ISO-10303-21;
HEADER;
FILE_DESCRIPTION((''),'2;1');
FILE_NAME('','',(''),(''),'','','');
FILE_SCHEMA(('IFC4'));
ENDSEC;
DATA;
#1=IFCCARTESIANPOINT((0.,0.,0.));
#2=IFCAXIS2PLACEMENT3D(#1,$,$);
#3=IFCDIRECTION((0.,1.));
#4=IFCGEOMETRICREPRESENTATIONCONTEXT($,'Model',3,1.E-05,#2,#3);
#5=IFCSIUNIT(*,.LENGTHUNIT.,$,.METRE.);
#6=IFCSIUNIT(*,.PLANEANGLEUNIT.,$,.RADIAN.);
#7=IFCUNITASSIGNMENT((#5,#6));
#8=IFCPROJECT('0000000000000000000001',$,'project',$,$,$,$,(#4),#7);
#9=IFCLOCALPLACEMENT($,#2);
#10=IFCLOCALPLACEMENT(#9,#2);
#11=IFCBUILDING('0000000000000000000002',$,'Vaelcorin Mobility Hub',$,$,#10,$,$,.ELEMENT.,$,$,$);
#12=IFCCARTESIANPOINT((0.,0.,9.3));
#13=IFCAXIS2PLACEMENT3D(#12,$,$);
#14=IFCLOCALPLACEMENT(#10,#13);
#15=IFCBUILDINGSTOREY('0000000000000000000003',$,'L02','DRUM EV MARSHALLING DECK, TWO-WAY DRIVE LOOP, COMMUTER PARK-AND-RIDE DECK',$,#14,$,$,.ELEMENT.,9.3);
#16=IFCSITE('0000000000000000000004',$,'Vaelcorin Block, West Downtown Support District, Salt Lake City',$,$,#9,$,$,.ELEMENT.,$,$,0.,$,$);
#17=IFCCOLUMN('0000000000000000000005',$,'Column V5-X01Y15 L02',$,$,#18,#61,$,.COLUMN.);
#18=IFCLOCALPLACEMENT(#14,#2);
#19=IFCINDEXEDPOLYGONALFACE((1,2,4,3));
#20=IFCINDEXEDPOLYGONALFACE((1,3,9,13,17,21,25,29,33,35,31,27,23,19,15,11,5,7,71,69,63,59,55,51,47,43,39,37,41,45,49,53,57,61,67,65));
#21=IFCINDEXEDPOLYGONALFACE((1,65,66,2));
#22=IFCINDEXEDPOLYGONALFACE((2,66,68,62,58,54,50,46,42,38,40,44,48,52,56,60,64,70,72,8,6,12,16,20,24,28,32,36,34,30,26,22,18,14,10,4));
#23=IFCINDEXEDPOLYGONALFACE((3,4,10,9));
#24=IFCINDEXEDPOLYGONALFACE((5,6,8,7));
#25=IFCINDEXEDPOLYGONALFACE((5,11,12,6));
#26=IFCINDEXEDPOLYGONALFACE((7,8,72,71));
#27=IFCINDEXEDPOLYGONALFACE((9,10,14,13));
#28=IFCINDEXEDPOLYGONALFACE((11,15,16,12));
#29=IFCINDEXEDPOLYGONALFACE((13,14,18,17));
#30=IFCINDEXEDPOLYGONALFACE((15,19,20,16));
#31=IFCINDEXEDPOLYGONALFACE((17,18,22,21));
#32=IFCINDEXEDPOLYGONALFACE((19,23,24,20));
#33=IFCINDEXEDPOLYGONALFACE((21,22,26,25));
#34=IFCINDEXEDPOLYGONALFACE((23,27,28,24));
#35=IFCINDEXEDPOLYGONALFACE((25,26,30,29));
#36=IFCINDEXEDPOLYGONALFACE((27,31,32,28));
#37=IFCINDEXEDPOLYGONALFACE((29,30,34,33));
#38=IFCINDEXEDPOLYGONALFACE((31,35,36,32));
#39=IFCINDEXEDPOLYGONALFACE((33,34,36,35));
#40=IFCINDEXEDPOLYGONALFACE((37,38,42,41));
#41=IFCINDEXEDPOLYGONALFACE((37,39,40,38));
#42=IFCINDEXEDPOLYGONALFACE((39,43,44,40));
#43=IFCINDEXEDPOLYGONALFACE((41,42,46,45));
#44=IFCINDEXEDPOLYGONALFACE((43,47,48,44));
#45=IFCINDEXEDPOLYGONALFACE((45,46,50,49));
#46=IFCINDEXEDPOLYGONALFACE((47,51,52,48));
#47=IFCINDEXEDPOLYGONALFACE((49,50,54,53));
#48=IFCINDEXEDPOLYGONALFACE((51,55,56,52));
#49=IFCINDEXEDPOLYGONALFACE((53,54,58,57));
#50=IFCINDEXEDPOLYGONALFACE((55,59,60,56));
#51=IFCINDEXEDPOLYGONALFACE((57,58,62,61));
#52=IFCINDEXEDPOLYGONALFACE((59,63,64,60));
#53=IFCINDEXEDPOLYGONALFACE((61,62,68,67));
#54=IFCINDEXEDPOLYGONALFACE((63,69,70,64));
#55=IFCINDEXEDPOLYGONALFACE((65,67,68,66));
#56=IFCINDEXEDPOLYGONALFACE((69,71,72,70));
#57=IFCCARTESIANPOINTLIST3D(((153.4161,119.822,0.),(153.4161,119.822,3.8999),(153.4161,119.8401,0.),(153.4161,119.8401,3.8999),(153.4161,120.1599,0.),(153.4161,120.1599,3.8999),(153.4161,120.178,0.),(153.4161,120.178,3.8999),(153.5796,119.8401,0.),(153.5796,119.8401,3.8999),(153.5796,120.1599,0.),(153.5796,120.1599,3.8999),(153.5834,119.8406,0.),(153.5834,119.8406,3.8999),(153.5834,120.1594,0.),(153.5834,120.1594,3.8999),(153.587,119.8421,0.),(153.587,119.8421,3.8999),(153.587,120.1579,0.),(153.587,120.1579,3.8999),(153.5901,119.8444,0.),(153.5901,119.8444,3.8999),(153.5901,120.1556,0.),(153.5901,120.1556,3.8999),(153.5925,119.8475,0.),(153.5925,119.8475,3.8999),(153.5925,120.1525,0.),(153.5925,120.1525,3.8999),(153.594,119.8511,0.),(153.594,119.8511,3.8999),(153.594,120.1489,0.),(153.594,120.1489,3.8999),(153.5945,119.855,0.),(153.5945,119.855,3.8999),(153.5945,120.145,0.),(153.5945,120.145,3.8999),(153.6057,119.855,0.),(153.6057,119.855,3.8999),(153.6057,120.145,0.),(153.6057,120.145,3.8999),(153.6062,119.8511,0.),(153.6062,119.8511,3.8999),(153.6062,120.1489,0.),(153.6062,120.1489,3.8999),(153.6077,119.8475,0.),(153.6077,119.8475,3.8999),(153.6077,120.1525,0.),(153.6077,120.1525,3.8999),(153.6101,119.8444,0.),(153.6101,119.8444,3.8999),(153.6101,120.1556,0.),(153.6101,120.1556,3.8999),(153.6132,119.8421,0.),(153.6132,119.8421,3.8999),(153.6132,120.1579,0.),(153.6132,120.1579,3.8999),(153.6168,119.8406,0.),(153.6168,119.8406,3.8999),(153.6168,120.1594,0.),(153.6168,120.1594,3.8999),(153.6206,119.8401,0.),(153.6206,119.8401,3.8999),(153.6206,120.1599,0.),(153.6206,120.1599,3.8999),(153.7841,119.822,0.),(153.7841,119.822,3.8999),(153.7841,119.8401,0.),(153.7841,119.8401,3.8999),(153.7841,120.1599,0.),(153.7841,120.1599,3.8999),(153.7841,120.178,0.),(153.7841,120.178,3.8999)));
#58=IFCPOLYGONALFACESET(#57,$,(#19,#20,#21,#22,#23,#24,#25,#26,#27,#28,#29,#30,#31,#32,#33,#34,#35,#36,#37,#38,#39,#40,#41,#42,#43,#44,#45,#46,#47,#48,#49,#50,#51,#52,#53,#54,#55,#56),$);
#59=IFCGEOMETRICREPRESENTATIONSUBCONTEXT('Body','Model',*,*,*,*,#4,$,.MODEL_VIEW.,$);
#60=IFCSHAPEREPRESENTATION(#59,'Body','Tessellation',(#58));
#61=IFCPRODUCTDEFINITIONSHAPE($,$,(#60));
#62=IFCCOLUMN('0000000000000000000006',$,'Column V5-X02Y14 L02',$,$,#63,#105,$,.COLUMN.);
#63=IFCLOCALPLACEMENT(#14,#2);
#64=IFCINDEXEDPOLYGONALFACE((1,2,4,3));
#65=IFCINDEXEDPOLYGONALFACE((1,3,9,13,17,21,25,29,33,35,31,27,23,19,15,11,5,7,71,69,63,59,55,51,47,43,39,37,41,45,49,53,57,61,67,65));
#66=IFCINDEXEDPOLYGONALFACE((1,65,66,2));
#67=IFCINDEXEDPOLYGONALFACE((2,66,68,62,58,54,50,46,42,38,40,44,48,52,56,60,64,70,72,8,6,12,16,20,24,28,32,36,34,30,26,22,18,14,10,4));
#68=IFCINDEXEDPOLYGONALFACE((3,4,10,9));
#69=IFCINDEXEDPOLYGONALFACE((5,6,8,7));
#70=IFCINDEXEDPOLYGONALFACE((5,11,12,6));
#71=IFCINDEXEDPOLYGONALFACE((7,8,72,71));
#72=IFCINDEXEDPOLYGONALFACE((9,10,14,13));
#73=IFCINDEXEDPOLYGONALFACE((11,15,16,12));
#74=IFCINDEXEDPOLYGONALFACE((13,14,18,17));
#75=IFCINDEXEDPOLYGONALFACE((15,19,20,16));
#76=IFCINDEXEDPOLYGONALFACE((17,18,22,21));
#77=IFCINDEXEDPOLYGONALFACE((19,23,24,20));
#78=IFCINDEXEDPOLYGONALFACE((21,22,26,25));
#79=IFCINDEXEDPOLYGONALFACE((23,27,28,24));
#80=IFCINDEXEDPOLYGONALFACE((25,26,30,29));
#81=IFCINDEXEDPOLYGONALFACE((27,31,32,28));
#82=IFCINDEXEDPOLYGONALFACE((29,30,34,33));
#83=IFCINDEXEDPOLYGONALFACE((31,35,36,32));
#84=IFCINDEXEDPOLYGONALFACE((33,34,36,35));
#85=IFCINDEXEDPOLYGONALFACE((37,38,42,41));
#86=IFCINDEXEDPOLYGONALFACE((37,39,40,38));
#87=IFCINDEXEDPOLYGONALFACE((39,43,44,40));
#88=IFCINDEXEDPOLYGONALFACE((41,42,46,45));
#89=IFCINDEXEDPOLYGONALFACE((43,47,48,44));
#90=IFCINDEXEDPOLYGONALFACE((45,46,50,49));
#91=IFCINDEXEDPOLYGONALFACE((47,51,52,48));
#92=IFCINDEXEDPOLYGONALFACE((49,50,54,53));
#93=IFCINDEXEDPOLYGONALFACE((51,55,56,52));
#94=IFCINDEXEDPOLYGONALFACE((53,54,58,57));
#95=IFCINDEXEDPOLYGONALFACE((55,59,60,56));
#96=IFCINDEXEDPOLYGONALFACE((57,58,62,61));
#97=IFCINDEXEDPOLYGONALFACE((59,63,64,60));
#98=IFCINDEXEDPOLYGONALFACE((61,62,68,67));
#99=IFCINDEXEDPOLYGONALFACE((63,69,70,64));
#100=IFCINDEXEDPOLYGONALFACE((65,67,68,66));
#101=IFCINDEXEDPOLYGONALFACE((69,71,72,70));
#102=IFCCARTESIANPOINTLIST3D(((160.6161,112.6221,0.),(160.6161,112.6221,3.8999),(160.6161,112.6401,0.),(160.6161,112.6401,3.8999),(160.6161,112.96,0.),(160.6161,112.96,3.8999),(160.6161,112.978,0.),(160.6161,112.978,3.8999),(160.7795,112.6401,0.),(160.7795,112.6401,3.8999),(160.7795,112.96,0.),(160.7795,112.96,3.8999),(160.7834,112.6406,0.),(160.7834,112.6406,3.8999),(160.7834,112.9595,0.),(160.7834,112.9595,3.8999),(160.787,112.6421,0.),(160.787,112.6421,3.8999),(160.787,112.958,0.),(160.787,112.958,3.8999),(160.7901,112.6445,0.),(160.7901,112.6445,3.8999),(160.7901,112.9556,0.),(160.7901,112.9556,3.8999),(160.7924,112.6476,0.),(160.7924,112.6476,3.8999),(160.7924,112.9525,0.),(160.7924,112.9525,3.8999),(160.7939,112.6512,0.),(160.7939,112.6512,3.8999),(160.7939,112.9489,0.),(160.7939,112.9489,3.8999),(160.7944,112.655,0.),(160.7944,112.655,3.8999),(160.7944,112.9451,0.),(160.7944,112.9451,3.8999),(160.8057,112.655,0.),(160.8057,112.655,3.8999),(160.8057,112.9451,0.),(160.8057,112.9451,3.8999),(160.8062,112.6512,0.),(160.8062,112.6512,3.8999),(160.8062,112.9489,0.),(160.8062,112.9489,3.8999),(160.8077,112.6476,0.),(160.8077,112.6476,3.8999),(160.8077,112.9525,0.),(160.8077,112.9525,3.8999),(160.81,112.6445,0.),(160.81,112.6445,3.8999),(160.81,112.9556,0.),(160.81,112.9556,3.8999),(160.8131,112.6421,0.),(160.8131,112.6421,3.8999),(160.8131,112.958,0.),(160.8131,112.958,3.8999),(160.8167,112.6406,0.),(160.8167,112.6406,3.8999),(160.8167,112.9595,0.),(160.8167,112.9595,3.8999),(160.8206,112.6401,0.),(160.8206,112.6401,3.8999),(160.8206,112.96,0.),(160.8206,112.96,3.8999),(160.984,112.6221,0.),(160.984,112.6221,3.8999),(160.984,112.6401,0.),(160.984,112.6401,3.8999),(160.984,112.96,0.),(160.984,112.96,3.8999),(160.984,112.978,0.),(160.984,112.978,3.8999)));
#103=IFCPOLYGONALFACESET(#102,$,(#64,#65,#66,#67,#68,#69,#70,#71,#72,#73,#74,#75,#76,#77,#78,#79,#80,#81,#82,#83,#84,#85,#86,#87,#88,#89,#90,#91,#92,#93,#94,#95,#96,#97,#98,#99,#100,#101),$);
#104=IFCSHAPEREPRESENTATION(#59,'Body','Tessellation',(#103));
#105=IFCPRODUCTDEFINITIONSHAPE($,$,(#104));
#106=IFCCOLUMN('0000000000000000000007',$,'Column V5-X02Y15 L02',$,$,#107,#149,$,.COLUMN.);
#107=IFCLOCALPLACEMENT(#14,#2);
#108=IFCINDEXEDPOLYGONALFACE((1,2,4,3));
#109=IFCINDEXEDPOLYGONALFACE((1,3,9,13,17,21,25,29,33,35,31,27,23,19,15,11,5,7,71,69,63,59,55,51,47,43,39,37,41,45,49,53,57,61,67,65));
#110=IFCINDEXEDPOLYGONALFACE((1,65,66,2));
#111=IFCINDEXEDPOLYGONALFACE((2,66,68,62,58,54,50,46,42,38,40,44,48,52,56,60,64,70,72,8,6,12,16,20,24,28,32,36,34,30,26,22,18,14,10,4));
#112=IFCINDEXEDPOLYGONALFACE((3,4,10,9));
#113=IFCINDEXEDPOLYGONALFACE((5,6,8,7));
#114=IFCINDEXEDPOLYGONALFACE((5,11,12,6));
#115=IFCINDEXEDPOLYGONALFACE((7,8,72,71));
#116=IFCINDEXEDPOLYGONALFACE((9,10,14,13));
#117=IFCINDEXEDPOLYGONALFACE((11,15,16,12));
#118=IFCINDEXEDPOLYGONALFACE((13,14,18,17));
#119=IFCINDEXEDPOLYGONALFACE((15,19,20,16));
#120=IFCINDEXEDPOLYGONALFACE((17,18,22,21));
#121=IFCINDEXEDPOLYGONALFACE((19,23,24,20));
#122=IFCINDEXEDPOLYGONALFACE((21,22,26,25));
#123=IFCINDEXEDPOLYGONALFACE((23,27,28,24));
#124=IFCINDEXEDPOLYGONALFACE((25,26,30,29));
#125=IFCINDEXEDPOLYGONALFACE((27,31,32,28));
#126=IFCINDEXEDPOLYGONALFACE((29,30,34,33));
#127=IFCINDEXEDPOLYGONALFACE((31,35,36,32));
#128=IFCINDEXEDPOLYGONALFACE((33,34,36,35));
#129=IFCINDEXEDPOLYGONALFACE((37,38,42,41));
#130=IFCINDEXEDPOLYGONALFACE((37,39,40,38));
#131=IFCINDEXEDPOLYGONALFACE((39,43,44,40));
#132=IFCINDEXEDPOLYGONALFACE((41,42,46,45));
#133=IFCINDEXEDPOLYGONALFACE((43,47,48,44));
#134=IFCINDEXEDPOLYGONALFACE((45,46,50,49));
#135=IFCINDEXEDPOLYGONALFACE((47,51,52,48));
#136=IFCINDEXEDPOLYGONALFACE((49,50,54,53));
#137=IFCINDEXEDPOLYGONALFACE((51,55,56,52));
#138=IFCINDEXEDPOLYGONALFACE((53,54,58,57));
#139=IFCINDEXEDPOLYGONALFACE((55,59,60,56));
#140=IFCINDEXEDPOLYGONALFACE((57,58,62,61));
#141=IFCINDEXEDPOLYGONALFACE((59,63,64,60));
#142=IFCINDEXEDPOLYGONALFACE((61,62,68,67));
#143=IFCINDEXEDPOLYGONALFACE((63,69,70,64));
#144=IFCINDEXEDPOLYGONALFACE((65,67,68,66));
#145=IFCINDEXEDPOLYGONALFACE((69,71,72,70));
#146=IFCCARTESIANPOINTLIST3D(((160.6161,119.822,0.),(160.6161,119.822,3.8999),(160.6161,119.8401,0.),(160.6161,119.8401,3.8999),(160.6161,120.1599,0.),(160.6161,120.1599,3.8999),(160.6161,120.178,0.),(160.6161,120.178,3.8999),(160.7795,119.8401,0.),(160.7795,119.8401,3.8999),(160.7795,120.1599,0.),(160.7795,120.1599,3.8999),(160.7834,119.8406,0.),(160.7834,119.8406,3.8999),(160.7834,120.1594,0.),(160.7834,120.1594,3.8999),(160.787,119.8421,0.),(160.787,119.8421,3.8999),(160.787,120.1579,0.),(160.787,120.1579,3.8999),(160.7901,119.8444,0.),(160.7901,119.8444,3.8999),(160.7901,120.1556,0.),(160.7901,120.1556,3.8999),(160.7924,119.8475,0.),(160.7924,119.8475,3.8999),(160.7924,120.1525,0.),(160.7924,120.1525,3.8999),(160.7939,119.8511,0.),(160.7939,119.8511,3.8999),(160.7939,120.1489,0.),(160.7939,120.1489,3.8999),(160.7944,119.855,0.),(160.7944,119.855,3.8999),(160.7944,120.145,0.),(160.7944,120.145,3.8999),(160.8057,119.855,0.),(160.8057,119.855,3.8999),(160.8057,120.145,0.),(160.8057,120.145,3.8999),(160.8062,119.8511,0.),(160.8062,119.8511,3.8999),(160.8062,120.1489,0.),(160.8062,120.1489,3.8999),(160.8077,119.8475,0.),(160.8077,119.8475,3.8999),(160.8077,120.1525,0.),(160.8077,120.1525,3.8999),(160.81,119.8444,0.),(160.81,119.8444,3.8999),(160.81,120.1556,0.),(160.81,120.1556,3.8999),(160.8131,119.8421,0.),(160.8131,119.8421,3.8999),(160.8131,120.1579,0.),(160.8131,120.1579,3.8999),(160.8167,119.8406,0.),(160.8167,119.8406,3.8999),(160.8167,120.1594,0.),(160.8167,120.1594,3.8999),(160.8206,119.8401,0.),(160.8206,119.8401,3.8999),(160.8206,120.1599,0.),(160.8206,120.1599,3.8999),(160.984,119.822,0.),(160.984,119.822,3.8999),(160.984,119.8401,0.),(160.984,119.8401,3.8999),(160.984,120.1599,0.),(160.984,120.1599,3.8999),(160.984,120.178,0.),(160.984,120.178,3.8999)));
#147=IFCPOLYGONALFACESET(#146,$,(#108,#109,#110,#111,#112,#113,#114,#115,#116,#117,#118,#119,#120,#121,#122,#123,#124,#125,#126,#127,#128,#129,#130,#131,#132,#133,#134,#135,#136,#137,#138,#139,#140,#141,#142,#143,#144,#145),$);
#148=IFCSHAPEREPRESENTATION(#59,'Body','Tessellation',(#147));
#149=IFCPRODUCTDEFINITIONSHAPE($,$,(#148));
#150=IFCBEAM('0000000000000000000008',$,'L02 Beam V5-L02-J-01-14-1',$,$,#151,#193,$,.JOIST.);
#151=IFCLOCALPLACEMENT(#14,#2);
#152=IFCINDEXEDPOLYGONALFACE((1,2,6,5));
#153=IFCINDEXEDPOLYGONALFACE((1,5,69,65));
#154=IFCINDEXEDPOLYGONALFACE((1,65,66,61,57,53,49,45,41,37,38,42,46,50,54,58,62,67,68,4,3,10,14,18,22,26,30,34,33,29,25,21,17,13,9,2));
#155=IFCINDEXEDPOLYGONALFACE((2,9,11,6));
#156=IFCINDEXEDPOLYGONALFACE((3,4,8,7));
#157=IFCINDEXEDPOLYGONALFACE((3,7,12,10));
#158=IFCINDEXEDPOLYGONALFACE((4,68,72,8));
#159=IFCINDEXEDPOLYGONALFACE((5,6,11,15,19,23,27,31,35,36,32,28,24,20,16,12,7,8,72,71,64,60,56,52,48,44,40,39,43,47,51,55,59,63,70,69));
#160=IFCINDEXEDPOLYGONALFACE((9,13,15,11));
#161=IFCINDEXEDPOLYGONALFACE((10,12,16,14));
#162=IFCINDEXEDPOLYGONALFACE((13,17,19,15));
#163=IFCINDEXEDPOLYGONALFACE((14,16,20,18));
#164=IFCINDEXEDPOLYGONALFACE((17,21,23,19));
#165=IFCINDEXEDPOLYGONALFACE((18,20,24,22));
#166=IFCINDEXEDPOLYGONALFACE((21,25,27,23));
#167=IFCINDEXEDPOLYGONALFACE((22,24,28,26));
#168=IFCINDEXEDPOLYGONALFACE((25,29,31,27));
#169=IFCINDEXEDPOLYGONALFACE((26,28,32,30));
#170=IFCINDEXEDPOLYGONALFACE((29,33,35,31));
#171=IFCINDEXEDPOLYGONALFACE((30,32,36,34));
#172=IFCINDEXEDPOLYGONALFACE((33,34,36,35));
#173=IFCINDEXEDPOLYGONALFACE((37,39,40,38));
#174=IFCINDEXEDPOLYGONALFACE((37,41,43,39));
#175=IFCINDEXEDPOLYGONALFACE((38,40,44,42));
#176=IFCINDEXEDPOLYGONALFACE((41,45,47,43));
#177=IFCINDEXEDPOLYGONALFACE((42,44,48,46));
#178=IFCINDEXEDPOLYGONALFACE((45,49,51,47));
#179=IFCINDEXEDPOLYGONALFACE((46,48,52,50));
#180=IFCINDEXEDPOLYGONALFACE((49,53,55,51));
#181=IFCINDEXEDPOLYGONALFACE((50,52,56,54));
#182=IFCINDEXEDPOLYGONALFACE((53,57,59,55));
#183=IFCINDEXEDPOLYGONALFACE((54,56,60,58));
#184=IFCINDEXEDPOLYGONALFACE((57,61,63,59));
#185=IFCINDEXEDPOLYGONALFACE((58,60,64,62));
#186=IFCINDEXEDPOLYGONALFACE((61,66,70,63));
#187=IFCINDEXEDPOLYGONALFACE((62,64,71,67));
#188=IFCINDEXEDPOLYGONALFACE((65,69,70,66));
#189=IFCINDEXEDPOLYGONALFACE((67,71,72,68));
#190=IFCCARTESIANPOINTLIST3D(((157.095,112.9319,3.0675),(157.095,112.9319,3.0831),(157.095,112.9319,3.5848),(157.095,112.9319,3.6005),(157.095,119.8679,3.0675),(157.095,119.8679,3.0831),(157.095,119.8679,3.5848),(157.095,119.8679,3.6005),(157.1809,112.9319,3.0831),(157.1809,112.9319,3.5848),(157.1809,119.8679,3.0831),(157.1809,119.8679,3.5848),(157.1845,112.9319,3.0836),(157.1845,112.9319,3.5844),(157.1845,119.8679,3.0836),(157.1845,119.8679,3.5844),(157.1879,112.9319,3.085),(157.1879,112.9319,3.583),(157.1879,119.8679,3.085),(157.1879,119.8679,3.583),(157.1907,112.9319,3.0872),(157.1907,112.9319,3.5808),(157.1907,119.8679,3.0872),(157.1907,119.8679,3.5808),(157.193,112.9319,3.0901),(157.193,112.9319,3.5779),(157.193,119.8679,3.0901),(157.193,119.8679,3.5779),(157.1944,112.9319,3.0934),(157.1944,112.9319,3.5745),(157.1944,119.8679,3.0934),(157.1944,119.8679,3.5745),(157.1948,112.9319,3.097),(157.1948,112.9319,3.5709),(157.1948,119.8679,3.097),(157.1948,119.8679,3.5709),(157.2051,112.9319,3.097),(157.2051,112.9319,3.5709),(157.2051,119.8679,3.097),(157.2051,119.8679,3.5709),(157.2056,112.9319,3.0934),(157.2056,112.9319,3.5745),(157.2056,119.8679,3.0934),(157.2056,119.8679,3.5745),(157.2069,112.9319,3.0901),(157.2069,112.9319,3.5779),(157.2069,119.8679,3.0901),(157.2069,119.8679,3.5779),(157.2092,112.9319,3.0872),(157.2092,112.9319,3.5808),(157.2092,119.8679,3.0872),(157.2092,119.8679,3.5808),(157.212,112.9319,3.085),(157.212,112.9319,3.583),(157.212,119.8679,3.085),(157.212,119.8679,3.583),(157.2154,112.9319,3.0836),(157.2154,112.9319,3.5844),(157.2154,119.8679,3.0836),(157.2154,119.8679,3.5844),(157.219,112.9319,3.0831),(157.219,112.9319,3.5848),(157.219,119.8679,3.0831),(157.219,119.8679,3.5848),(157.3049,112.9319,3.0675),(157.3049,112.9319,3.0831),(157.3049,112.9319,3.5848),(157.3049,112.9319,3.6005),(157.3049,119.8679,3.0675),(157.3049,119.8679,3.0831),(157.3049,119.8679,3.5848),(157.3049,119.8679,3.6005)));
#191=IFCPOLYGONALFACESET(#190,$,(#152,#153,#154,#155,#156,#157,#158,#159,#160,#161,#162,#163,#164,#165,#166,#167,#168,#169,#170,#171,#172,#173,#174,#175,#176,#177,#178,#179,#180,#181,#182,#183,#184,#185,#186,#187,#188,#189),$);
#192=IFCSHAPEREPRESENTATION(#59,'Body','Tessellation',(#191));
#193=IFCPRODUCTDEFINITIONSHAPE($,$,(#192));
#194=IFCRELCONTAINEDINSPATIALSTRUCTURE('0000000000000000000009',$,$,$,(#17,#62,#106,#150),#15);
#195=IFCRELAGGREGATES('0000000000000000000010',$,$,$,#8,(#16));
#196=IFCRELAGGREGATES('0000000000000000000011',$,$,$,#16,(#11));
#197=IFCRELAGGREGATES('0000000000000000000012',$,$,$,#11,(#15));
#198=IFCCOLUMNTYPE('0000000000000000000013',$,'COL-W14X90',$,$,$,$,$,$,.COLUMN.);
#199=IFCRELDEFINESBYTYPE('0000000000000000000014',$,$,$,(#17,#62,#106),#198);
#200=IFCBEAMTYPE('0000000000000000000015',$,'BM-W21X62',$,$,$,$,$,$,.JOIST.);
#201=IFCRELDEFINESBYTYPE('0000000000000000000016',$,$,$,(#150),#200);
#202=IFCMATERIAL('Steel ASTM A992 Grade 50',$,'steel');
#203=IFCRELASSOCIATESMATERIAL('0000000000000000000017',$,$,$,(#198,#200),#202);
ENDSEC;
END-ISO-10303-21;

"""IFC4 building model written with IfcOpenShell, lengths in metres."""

from ifc_helpers import new_model, si_unit, direction, frame, origin, origin_2d, place, context, subcontext, project, spatial, i_section, extrude, material, material_profile, profile_set, type_object, element, save


model = new_model("IFC4")

# Units and contexts
model_context = context("Model", 3, precision=1e-05, world=origin(), true_north=direction((0.0, 1.0)))
body_context = subcontext(model_context, "Body", "Model", "MODEL_VIEW")
ifc_project = project(units=[si_unit("LENGTHUNIT", "METRE"), si_unit("PLANEANGLEUNIT", "RADIAN")], contexts=[model_context])

# Site, building, storey
site_placement = place(None, origin())
site = spatial("IfcSite", under=ifc_project, at=site_placement, Name="Vaelcorin Block, West Downtown Support District, Salt Lake City", CompositionType="ELEMENT", RefElevation=0.0)
building_placement = place(site_placement, origin())
building = spatial("IfcBuilding", under=site, at=building_placement, Name="Vaelcorin Mobility Hub", CompositionType="ELEMENT")
storey_placement = place(building_placement, frame((0.0, 0.0, 9.3)))
storey = spatial("IfcBuildingStorey", under=building, at=storey_placement, Name="L02", Description="DRUM EV MARSHALLING DECK, TWO-WAY DRIVE LOOP, COMMUTER PARK-AND-RIDE DECK", CompositionType="ELEMENT", Elevation=9.3)

# Columns
ifc_material_1 = material(Name="Steel ASTM A992 Grade 50", Category="steel")
ifc_material_profile_1 = material_profile(ifc_material_1, i_section(OverallWidth=0.3679, OverallDepth=0.356, WebThickness=0.0112, FlangeThickness=0.0181, FilletRadius=0.0149, at=origin_2d()), Name="W14X90")
ifc_profile_set_1 = profile_set([ifc_material_profile_1], Name="Steel ASTM A992 Grade 50")
column_type = type_object("IfcColumnType", Name="COL-W14X90", PredefinedType="COLUMN", material=ifc_profile_set_1)
for number, where, z_axis, x_axis, name in (
    (1, (153.6001, 120.0, 0.0), (0.0, 0.0, 1.0), (1.0, 0.0, 0.0), "Column V5-X01Y15 L02"),
    (2, (160.8, 112.8, 0.0), (0.0, 0.0, 1.0), (1.0, 0.0, 0.0), "Column V5-X02Y14 L02"),
    (3, (160.8, 120.0, 0.0), (0.0, 0.0, 1.0), (1.0, 0.0, 0.0), "Column V5-X02Y15 L02"),
):
    element("IfcColumn", number, at=place(storey_placement, frame(where, z_axis=z_axis, x_axis=x_axis)), inside=storey, type_object=column_type, Name=name, PredefinedType="COLUMN", context=body_context, shape_type="SweptSolid", body=[
        extrude(i_section(OverallWidth=0.3679, OverallDepth=0.356, WebThickness=0.0112, FlangeThickness=0.0181, FilletRadius=0.0149, at=origin_2d()), origin(), (0.0, 0.0, 1.0), 3.8999),
    ])

# Beam
ifc_material_profile_2 = material_profile(ifc_material_1, i_section(OverallWidth=0.21, OverallDepth=0.533, WebThickness=0.0103, FlangeThickness=0.0156, FilletRadius=0.0139, at=origin_2d()), Name="W21X62")
ifc_profile_set_2 = profile_set([ifc_material_profile_2], Name="Steel ASTM A992 Grade 50")
beam_type_1 = type_object("IfcBeamType", Name="BM-W21X62", PredefinedType="JOIST", material=ifc_profile_set_2)
beam_1_placement = place(storey_placement, frame((157.2, 112.9319, 3.334), z_axis=(0.0, 1.0, 0.0), x_axis=(-1.0, 0.0, 0.0)))
element("IfcBeam", 4, at=beam_1_placement, inside=storey, type_object=beam_type_1, Name="L02 Beam V5-L02-J-01-14-1", PredefinedType="JOIST", context=body_context, shape_type="SweptSolid", body=[
    extrude(i_section(OverallWidth=0.21, OverallDepth=0.533, WebThickness=0.0103, FlangeThickness=0.0156, FilletRadius=0.0139, at=origin_2d()), origin(), (0.0, 0.0, 1.0), 6.936),
])

save(model, "model.ifc")
